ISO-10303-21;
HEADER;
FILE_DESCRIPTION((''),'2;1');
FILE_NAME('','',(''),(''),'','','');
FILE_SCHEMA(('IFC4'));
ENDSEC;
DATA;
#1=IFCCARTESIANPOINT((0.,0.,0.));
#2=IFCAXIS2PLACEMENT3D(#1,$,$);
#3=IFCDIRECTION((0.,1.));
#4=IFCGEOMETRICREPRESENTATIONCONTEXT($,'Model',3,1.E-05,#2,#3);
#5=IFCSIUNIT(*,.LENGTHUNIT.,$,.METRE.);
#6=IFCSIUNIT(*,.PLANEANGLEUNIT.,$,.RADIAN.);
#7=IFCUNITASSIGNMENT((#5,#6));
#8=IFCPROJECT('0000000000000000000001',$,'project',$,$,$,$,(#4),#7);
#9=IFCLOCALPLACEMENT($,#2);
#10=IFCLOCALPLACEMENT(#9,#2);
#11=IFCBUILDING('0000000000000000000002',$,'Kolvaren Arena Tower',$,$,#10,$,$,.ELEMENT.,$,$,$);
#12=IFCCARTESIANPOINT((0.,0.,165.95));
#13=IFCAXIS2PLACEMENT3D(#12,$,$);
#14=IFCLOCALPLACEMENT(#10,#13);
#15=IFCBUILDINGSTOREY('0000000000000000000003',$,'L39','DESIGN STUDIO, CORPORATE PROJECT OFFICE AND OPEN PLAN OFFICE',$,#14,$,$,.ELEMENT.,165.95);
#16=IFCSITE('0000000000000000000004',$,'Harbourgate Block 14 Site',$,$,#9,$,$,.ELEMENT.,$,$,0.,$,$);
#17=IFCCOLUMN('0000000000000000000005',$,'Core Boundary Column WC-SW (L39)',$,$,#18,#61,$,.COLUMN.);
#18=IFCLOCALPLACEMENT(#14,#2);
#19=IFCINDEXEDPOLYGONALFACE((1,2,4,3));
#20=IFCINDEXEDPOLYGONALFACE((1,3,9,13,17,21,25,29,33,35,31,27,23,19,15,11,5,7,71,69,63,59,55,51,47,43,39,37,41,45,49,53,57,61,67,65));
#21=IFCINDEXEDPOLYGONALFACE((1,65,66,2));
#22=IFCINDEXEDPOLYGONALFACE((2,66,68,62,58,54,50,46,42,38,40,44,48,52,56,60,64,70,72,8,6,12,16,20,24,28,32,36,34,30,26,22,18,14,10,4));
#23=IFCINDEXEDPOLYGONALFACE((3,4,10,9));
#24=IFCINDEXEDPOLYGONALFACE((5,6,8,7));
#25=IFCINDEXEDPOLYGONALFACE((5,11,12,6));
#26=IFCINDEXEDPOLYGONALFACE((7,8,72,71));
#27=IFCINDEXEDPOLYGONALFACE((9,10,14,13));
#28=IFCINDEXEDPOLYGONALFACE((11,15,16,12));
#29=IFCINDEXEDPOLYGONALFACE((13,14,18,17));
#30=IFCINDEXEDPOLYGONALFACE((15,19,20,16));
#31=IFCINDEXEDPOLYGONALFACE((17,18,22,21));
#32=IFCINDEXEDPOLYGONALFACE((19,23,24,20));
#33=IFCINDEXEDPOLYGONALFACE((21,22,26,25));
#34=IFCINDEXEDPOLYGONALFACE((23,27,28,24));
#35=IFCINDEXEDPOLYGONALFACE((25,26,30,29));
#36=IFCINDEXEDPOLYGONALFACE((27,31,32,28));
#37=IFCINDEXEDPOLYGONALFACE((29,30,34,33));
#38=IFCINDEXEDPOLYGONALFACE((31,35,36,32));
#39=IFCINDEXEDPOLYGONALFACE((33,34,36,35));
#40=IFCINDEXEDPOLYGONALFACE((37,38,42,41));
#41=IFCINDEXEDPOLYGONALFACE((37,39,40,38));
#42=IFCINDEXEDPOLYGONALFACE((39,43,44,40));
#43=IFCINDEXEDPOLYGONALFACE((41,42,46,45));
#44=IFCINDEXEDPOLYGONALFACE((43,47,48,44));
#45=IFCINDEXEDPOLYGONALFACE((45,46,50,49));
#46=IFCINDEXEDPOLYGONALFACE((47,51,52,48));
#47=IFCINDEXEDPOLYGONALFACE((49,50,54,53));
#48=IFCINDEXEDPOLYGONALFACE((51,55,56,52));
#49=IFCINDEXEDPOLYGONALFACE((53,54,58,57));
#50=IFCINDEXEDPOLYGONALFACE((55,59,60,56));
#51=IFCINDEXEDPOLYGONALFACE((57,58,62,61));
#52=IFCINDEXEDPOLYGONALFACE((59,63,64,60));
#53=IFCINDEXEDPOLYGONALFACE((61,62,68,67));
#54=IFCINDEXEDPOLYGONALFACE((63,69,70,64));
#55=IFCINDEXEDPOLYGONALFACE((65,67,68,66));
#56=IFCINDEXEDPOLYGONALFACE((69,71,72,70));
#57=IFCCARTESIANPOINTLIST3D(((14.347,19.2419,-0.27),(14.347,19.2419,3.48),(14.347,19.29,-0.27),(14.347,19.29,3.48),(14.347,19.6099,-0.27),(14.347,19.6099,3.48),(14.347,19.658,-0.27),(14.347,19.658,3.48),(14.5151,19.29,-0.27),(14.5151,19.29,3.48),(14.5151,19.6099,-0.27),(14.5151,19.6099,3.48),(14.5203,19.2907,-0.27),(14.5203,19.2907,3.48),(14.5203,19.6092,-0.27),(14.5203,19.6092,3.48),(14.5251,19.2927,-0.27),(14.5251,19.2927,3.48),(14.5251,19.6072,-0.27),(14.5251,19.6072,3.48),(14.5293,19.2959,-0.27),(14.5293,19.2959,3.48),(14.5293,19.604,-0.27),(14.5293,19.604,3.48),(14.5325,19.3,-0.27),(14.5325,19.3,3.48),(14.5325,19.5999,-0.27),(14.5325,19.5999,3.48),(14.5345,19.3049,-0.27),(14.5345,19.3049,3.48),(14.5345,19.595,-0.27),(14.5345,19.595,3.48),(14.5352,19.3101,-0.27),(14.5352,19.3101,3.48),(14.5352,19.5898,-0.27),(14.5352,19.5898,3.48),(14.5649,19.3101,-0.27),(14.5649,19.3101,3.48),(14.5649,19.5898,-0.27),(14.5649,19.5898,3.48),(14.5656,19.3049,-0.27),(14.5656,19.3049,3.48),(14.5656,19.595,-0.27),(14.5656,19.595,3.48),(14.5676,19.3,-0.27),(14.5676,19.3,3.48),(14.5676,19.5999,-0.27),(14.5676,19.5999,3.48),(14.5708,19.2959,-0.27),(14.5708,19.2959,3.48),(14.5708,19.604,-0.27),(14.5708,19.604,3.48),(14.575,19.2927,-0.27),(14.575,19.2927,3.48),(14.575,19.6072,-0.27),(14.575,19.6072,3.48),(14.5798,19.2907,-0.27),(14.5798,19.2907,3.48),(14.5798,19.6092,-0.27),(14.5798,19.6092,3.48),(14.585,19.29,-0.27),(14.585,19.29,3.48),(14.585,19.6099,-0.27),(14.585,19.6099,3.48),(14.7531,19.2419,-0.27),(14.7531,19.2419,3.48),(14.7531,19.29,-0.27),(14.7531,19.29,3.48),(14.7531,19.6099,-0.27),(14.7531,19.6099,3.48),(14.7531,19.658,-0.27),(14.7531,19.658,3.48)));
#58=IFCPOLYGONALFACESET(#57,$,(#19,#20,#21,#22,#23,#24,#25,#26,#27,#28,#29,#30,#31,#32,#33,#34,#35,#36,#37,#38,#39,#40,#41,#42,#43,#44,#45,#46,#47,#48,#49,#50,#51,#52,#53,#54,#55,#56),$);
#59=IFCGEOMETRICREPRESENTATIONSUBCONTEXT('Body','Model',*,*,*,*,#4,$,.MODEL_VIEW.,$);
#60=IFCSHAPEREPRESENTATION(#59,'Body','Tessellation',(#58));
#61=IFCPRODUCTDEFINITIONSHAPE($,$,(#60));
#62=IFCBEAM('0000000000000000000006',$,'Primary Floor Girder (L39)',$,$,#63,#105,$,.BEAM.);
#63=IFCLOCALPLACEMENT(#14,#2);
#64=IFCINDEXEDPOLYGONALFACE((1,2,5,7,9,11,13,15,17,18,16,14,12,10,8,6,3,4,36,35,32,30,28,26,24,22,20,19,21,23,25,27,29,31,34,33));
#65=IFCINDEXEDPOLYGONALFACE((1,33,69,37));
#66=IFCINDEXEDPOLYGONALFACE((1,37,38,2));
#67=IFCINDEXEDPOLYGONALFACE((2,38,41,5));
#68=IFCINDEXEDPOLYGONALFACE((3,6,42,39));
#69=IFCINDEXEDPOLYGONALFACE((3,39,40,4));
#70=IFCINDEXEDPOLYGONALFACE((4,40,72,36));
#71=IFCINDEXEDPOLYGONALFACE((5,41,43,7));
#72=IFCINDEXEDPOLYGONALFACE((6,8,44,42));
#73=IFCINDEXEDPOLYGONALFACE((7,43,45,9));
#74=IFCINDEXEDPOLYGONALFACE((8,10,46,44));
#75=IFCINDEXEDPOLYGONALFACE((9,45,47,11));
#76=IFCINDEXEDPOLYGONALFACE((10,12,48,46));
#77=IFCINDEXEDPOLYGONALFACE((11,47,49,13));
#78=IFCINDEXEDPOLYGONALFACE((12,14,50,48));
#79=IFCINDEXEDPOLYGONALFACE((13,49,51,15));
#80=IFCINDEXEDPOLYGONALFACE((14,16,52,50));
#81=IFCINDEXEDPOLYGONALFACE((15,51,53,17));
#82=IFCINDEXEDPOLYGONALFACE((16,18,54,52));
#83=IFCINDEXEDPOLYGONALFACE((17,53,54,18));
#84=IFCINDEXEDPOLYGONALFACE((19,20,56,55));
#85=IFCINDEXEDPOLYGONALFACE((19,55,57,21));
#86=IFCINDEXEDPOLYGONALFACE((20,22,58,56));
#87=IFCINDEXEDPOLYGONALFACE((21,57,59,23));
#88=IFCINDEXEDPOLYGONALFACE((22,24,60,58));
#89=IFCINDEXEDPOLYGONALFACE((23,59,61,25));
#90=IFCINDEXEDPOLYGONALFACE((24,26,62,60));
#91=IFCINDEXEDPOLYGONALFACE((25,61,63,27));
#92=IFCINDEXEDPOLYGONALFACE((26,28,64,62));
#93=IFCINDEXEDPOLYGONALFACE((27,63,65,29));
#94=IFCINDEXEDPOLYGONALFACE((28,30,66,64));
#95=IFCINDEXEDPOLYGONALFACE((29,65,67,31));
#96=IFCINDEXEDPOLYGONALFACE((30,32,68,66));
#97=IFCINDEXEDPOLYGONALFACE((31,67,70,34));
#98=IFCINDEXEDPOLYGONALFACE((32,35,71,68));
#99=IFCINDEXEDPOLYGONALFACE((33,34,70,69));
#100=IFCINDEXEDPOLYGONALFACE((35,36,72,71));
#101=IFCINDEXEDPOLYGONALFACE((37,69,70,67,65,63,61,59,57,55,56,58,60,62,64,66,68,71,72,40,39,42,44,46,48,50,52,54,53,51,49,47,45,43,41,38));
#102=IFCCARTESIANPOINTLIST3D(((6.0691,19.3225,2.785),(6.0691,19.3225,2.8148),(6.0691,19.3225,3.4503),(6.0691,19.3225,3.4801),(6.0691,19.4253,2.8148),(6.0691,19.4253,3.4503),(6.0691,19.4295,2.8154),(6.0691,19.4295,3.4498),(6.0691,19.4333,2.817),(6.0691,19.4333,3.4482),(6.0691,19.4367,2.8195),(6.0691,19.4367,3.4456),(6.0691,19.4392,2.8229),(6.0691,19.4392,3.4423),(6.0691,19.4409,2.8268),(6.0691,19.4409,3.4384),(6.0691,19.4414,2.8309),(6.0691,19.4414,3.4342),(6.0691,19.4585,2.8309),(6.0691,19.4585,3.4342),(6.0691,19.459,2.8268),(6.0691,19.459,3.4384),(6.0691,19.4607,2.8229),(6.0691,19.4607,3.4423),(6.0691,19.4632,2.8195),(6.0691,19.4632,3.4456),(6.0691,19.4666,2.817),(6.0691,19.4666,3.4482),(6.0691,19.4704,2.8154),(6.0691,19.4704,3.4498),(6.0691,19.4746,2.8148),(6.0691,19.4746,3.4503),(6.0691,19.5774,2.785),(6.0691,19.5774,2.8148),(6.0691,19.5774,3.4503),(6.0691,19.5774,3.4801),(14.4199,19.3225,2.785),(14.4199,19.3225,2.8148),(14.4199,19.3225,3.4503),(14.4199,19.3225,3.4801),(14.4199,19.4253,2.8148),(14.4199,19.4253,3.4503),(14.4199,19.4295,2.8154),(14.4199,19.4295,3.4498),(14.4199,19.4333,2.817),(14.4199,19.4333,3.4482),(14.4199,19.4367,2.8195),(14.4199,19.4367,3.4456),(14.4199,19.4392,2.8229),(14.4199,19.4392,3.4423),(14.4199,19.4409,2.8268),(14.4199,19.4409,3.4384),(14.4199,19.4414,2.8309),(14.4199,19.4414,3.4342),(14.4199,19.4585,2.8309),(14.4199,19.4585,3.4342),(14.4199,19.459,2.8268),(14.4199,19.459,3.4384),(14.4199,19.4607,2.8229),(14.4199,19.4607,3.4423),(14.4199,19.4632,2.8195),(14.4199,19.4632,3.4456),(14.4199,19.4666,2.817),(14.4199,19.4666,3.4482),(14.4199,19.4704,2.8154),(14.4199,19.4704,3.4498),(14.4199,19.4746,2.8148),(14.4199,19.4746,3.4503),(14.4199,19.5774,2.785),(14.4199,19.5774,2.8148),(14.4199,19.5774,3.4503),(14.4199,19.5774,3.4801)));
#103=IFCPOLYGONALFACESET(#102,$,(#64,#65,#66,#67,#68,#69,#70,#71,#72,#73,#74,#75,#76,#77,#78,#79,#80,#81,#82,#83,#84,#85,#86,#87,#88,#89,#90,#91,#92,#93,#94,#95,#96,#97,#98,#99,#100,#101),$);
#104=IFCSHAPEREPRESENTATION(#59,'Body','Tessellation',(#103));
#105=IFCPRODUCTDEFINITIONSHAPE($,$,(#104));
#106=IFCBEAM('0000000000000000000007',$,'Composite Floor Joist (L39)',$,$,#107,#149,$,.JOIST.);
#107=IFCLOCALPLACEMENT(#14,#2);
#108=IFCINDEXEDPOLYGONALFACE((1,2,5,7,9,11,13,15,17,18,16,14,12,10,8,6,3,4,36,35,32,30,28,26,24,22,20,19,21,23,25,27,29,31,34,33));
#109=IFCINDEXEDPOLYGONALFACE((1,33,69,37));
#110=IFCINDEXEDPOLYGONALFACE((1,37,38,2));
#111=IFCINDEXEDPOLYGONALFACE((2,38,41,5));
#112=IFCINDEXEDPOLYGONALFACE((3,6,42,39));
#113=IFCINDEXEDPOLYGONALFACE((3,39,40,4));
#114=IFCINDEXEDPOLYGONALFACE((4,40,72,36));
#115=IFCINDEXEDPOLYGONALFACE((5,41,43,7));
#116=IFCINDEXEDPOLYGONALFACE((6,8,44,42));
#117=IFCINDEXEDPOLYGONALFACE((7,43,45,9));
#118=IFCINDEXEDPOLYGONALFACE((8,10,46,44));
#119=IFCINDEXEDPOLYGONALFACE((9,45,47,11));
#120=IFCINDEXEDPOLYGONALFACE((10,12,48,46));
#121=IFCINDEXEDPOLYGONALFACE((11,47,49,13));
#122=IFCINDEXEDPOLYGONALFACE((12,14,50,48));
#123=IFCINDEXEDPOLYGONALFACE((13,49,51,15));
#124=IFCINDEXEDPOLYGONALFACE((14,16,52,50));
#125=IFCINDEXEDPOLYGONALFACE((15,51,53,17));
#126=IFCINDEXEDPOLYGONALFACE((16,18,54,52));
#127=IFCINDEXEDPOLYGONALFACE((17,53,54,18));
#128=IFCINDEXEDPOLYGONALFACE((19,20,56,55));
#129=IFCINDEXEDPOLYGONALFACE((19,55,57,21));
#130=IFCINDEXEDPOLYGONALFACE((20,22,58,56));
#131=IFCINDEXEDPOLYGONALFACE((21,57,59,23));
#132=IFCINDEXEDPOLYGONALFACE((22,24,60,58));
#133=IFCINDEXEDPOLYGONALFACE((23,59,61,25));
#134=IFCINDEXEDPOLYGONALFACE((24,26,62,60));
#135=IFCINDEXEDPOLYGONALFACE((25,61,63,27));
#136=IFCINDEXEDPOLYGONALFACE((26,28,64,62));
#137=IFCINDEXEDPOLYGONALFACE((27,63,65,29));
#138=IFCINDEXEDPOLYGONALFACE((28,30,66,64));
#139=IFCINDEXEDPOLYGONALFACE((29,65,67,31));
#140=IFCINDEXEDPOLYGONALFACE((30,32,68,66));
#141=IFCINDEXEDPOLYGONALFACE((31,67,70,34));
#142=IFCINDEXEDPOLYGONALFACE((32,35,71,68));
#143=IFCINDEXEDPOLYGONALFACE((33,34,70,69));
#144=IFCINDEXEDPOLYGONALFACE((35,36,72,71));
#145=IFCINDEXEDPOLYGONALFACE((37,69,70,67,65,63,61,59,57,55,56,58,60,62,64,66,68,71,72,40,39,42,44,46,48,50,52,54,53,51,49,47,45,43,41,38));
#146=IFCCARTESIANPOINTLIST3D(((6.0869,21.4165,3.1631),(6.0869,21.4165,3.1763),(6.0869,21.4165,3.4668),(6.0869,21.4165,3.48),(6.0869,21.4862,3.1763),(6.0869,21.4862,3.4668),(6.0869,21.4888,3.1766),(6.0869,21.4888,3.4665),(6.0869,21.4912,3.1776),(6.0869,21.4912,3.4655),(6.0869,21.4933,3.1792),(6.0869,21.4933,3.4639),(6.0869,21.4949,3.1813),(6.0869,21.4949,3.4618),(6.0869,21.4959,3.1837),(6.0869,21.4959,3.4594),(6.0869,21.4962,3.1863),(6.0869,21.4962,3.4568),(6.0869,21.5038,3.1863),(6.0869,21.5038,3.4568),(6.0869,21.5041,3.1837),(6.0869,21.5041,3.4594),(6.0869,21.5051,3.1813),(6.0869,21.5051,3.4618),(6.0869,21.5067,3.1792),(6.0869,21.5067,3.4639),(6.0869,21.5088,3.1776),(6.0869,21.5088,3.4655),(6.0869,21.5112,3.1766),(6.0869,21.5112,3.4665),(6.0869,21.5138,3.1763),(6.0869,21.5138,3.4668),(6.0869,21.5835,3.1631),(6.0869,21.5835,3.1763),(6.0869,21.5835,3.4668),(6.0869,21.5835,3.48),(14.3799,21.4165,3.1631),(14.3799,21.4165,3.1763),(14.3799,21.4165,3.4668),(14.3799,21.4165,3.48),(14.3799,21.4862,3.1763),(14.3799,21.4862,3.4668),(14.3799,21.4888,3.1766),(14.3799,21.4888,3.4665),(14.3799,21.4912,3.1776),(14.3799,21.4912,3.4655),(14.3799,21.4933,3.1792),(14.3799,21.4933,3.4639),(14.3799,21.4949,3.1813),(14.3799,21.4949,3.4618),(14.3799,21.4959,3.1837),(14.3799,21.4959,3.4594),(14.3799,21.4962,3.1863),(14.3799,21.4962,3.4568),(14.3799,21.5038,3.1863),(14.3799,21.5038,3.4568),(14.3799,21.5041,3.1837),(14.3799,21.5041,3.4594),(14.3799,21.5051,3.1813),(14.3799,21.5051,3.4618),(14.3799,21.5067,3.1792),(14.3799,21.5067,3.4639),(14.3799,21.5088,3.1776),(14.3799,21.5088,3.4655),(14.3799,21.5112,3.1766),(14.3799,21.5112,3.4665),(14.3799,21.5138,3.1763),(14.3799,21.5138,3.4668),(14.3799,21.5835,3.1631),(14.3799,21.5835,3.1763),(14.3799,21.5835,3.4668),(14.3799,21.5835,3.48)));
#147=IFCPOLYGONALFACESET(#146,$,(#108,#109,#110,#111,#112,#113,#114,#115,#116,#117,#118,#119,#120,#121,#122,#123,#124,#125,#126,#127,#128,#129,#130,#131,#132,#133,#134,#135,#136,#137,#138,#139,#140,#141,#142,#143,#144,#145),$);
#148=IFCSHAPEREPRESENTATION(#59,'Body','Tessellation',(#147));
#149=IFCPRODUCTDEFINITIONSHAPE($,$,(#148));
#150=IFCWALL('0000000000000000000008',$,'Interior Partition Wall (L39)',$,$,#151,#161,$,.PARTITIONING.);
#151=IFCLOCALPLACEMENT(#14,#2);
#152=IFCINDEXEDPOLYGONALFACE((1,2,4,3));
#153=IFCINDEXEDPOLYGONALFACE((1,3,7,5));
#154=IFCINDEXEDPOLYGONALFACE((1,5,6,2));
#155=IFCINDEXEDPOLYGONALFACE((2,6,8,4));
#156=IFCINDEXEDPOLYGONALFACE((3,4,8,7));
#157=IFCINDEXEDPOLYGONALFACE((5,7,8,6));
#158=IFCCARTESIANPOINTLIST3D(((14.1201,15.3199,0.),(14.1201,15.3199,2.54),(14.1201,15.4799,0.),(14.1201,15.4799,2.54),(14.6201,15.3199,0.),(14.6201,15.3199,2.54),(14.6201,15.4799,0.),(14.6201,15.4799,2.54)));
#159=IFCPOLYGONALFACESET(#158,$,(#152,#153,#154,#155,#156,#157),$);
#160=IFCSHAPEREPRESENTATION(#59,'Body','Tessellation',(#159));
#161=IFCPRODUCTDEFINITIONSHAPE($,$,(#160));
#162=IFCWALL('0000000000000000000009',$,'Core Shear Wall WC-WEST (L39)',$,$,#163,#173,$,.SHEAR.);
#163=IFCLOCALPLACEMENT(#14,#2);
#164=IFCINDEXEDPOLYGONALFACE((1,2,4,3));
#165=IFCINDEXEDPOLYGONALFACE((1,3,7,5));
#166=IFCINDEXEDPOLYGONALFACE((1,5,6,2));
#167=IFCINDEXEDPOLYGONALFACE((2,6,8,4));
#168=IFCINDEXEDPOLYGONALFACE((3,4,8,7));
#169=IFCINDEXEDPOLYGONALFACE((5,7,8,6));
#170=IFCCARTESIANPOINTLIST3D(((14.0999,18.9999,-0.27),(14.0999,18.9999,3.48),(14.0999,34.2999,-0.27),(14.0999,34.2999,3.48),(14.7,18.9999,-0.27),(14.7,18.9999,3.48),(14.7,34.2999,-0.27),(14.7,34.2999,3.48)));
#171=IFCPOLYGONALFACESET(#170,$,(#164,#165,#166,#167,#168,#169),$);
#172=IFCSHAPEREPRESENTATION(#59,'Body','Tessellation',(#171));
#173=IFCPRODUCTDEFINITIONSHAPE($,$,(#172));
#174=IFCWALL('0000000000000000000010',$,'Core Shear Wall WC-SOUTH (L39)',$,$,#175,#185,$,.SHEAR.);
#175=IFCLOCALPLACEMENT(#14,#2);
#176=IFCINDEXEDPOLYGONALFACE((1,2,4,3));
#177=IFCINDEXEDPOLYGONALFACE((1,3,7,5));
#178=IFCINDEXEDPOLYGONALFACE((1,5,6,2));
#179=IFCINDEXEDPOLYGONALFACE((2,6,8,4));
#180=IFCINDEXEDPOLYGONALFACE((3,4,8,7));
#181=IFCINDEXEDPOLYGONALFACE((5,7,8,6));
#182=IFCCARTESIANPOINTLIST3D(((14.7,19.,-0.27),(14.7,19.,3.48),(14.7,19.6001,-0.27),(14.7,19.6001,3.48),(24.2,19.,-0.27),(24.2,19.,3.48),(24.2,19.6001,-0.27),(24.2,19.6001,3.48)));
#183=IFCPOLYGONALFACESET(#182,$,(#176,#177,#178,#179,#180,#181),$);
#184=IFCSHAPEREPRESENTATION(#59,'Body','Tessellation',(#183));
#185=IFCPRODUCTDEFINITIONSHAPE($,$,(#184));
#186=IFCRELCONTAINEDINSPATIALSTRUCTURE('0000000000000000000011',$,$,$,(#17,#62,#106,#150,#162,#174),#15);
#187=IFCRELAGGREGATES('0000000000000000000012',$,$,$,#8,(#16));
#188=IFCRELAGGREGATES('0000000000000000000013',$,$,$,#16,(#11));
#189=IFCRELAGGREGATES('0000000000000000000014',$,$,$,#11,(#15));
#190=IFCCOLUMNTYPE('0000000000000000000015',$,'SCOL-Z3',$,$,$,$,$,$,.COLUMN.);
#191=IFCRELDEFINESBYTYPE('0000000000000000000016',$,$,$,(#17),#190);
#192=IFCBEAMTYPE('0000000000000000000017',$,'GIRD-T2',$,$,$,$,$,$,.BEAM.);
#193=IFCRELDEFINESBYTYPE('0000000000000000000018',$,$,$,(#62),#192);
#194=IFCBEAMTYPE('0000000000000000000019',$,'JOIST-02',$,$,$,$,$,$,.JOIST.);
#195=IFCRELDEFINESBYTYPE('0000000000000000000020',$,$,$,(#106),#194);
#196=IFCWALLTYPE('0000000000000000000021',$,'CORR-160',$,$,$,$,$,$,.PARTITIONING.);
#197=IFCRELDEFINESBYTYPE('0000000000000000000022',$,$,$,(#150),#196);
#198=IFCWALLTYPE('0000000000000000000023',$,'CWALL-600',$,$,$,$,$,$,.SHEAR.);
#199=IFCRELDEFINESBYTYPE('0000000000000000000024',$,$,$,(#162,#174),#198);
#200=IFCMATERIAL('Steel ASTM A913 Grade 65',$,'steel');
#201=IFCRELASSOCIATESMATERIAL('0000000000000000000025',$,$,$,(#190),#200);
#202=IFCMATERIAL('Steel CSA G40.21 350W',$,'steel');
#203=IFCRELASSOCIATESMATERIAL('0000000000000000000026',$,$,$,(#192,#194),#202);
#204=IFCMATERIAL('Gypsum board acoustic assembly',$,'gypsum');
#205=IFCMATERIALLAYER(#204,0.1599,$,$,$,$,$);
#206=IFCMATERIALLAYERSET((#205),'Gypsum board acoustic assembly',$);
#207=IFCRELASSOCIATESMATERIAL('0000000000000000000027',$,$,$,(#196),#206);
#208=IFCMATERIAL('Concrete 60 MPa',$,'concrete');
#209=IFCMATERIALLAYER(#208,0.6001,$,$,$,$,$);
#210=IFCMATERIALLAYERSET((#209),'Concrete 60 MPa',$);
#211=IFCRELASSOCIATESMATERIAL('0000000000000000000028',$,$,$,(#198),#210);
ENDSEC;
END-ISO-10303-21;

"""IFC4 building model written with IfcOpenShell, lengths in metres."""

from ifc_helpers import new_model, si_unit, direction, frame, frame_2d, origin, origin_2d, place, context, subcontext, project, spatial, rectangle, i_section, extrude, material, layer, layer_set, material_profile, profile_set, type_object, element, save


model = new_model("IFC4")

# Units and contexts
model_context = context("Model", 3, precision=1e-05, world=origin(), true_north=direction((0.0, 1.0)))
body_context = subcontext(model_context, "Body", "Model", "MODEL_VIEW")
ifc_project = project(units=[si_unit("LENGTHUNIT", "METRE"), si_unit("PLANEANGLEUNIT", "RADIAN")], contexts=[model_context])

# Site, building, storey
site_placement = place(None, origin())
site = spatial("IfcSite", under=ifc_project, at=site_placement, Name="Harbourgate Block 14 Site", CompositionType="ELEMENT", RefElevation=0.0)
building_placement = place(site_placement, origin())
building = spatial("IfcBuilding", under=site, at=building_placement, Name="Kolvaren Arena Tower", CompositionType="ELEMENT")
storey_placement = place(building_placement, frame((0.0, 0.0, 165.95)))
storey = spatial("IfcBuildingStorey", under=building, at=storey_placement, Name="L39", Description="DESIGN STUDIO, CORPORATE PROJECT OFFICE AND OPEN PLAN OFFICE", CompositionType="ELEMENT", Elevation=165.95)

# Column
ifc_material_1 = material(Name="Steel ASTM A913 Grade 65", Category="steel")
ifc_material_profile_1 = material_profile(ifc_material_1, i_section(OverallWidth=0.406, OverallDepth=0.416, WebThickness=0.0298, FlangeThickness=0.0481, FilletRadius=0.02, at=origin_2d()), Name="W360x382")
ifc_profile_set_1 = profile_set([ifc_material_profile_1], Name="Steel ASTM A913 Grade 65")
column_type = type_object("IfcColumnType", Name="SCOL-Z3", PredefinedType="COLUMN", material=ifc_profile_set_1)
column_placement = place(storey_placement, frame((14.55, 19.45, -0.27), z_axis=(0.0, 0.0, 1.0), x_axis=(1.0, 0.0, 0.0)))
element("IfcColumn", 1, at=column_placement, inside=storey, type_object=column_type, Name="Core Boundary Column WC-SW (L39)", PredefinedType="COLUMN", context=body_context, shape_type="SweptSolid", body=[
    extrude(i_section(OverallWidth=0.406, OverallDepth=0.416, WebThickness=0.0298, FlangeThickness=0.0481, FilletRadius=0.02, at=origin_2d()), origin(), (0.0, 0.0, 1.0), 3.75),
])

# Beams
ifc_material_2 = material(Name="Steel CSA G40.21 350W", Category="steel")
ifc_material_profile_2 = material_profile(ifc_material_2, i_section(OverallWidth=0.2549, OverallDepth=0.6951, WebThickness=0.0171, FlangeThickness=0.0298, FilletRadius=0.0161, at=origin_2d()), Name="W690x217")
ifc_profile_set_2 = profile_set([ifc_material_profile_2], Name="Steel CSA G40.21 350W")
beam_type_1 = type_object("IfcBeamType", Name="GIRD-T2", PredefinedType="BEAM", material=ifc_profile_set_2)
beam_1_placement = place(storey_placement, frame((6.0691, 19.45, 3.1326), z_axis=(1.0, 0.0, 0.0), x_axis=(0.0, 1.0, 0.0)))
element("IfcBeam", 2, at=beam_1_placement, inside=storey, type_object=beam_type_1, Name="Primary Floor Girder (L39)", PredefinedType="BEAM", context=body_context, shape_type="SweptSolid", body=[
    extrude(i_section(OverallWidth=0.2549, OverallDepth=0.6951, WebThickness=0.0171, FlangeThickness=0.0298, FilletRadius=0.0161, at=origin_2d()), origin(), (0.0, 0.0, 1.0), 8.3508),
])
ifc_material_profile_3 = material_profile(ifc_material_2, i_section(OverallWidth=0.167, OverallDepth=0.3169, WebThickness=0.0076, FlangeThickness=0.0132, FilletRadius=0.01, at=origin_2d()), Name="W310x52")
ifc_profile_set_3 = profile_set([ifc_material_profile_3], Name="Steel CSA G40.21 350W")
beam_type_2 = type_object("IfcBeamType", Name="JOIST-02", PredefinedType="JOIST", material=ifc_profile_set_3)
beam_2_placement = place(storey_placement, frame((6.0869, 21.5, 3.3215), z_axis=(1.0, 0.0, 0.0), x_axis=(0.0, 1.0, 0.0)))
element("IfcBeam", 3, at=beam_2_placement, inside=storey, type_object=beam_type_2, Name="Composite Floor Joist (L39)", PredefinedType="JOIST", context=body_context, shape_type="SweptSolid", body=[
    extrude(i_section(OverallWidth=0.167, OverallDepth=0.3169, WebThickness=0.0076, FlangeThickness=0.0132, FilletRadius=0.01, at=origin_2d()), origin(), (0.0, 0.0, 1.0), 8.293),
])

# Walls
ifc_material_3 = material(Name="Gypsum board acoustic assembly", Category="gypsum")
ifc_layer_1 = layer(ifc_material_3, 0.1599)
ifc_layer_set_1 = layer_set([ifc_layer_1], Name="Gypsum board acoustic assembly")
wall_type_1 = type_object("IfcWallType", Name="CORR-160", PredefinedType="PARTITIONING", material=ifc_layer_set_1)
wall_1_placement = place(storey_placement, frame((14.1201, 15.3999, 0.0), z_axis=(0.0, 0.0, 1.0), x_axis=(1.0, 0.0, 0.0)))
element("IfcWall", 4, at=wall_1_placement, inside=storey, type_object=wall_type_1, Name="Interior Partition Wall (L39)", PredefinedType="PARTITIONING", context=body_context, shape_type="SweptSolid", body=[
    extrude(rectangle(XDim=0.5, YDim=0.1599, at=frame_2d((0.25, 0.0))), origin(), (0.0, 0.0, 1.0), 2.54),
])
ifc_material_4 = material(Name="Concrete 60 MPa", Category="concrete")
ifc_layer_2 = layer(ifc_material_4, 0.6001)
ifc_layer_set_2 = layer_set([ifc_layer_2], Name="Concrete 60 MPa")
wall_type_2 = type_object("IfcWallType", Name="CWALL-600", PredefinedType="SHEAR", material=ifc_layer_set_2)
wall_2_placement = place(storey_placement, frame((14.3999, 19.0, -0.27), z_axis=(0.0, 0.0, 1.0), x_axis=(0.0, 1.0, 0.0)))
element("IfcWall", 5, at=wall_2_placement, inside=storey, type_object=wall_type_2, Name="Core Shear Wall WC-WEST (L39)", PredefinedType="SHEAR", context=body_context, shape_type="SweptSolid", body=[
    extrude(rectangle(XDim=15.3, YDim=0.6001, at=frame_2d((7.6499, 0.0))), origin(), (0.0, 0.0, 1.0), 3.75),
])
wall_3_placement = place(storey_placement, frame((14.7, 19.3, -0.27), z_axis=(0.0, 0.0, 1.0), x_axis=(1.0, 0.0, 0.0)))
element("IfcWall", 6, at=wall_3_placement, inside=storey, type_object=wall_type_2, Name="Core Shear Wall WC-SOUTH (L39)", PredefinedType="SHEAR", context=body_context, shape_type="SweptSolid", body=[
    extrude(rectangle(XDim=9.5, YDim=0.6001, at=frame_2d((4.75, 0.0))), origin(), (0.0, 0.0, 1.0), 3.75),
])

save(model, "model.ifc")
